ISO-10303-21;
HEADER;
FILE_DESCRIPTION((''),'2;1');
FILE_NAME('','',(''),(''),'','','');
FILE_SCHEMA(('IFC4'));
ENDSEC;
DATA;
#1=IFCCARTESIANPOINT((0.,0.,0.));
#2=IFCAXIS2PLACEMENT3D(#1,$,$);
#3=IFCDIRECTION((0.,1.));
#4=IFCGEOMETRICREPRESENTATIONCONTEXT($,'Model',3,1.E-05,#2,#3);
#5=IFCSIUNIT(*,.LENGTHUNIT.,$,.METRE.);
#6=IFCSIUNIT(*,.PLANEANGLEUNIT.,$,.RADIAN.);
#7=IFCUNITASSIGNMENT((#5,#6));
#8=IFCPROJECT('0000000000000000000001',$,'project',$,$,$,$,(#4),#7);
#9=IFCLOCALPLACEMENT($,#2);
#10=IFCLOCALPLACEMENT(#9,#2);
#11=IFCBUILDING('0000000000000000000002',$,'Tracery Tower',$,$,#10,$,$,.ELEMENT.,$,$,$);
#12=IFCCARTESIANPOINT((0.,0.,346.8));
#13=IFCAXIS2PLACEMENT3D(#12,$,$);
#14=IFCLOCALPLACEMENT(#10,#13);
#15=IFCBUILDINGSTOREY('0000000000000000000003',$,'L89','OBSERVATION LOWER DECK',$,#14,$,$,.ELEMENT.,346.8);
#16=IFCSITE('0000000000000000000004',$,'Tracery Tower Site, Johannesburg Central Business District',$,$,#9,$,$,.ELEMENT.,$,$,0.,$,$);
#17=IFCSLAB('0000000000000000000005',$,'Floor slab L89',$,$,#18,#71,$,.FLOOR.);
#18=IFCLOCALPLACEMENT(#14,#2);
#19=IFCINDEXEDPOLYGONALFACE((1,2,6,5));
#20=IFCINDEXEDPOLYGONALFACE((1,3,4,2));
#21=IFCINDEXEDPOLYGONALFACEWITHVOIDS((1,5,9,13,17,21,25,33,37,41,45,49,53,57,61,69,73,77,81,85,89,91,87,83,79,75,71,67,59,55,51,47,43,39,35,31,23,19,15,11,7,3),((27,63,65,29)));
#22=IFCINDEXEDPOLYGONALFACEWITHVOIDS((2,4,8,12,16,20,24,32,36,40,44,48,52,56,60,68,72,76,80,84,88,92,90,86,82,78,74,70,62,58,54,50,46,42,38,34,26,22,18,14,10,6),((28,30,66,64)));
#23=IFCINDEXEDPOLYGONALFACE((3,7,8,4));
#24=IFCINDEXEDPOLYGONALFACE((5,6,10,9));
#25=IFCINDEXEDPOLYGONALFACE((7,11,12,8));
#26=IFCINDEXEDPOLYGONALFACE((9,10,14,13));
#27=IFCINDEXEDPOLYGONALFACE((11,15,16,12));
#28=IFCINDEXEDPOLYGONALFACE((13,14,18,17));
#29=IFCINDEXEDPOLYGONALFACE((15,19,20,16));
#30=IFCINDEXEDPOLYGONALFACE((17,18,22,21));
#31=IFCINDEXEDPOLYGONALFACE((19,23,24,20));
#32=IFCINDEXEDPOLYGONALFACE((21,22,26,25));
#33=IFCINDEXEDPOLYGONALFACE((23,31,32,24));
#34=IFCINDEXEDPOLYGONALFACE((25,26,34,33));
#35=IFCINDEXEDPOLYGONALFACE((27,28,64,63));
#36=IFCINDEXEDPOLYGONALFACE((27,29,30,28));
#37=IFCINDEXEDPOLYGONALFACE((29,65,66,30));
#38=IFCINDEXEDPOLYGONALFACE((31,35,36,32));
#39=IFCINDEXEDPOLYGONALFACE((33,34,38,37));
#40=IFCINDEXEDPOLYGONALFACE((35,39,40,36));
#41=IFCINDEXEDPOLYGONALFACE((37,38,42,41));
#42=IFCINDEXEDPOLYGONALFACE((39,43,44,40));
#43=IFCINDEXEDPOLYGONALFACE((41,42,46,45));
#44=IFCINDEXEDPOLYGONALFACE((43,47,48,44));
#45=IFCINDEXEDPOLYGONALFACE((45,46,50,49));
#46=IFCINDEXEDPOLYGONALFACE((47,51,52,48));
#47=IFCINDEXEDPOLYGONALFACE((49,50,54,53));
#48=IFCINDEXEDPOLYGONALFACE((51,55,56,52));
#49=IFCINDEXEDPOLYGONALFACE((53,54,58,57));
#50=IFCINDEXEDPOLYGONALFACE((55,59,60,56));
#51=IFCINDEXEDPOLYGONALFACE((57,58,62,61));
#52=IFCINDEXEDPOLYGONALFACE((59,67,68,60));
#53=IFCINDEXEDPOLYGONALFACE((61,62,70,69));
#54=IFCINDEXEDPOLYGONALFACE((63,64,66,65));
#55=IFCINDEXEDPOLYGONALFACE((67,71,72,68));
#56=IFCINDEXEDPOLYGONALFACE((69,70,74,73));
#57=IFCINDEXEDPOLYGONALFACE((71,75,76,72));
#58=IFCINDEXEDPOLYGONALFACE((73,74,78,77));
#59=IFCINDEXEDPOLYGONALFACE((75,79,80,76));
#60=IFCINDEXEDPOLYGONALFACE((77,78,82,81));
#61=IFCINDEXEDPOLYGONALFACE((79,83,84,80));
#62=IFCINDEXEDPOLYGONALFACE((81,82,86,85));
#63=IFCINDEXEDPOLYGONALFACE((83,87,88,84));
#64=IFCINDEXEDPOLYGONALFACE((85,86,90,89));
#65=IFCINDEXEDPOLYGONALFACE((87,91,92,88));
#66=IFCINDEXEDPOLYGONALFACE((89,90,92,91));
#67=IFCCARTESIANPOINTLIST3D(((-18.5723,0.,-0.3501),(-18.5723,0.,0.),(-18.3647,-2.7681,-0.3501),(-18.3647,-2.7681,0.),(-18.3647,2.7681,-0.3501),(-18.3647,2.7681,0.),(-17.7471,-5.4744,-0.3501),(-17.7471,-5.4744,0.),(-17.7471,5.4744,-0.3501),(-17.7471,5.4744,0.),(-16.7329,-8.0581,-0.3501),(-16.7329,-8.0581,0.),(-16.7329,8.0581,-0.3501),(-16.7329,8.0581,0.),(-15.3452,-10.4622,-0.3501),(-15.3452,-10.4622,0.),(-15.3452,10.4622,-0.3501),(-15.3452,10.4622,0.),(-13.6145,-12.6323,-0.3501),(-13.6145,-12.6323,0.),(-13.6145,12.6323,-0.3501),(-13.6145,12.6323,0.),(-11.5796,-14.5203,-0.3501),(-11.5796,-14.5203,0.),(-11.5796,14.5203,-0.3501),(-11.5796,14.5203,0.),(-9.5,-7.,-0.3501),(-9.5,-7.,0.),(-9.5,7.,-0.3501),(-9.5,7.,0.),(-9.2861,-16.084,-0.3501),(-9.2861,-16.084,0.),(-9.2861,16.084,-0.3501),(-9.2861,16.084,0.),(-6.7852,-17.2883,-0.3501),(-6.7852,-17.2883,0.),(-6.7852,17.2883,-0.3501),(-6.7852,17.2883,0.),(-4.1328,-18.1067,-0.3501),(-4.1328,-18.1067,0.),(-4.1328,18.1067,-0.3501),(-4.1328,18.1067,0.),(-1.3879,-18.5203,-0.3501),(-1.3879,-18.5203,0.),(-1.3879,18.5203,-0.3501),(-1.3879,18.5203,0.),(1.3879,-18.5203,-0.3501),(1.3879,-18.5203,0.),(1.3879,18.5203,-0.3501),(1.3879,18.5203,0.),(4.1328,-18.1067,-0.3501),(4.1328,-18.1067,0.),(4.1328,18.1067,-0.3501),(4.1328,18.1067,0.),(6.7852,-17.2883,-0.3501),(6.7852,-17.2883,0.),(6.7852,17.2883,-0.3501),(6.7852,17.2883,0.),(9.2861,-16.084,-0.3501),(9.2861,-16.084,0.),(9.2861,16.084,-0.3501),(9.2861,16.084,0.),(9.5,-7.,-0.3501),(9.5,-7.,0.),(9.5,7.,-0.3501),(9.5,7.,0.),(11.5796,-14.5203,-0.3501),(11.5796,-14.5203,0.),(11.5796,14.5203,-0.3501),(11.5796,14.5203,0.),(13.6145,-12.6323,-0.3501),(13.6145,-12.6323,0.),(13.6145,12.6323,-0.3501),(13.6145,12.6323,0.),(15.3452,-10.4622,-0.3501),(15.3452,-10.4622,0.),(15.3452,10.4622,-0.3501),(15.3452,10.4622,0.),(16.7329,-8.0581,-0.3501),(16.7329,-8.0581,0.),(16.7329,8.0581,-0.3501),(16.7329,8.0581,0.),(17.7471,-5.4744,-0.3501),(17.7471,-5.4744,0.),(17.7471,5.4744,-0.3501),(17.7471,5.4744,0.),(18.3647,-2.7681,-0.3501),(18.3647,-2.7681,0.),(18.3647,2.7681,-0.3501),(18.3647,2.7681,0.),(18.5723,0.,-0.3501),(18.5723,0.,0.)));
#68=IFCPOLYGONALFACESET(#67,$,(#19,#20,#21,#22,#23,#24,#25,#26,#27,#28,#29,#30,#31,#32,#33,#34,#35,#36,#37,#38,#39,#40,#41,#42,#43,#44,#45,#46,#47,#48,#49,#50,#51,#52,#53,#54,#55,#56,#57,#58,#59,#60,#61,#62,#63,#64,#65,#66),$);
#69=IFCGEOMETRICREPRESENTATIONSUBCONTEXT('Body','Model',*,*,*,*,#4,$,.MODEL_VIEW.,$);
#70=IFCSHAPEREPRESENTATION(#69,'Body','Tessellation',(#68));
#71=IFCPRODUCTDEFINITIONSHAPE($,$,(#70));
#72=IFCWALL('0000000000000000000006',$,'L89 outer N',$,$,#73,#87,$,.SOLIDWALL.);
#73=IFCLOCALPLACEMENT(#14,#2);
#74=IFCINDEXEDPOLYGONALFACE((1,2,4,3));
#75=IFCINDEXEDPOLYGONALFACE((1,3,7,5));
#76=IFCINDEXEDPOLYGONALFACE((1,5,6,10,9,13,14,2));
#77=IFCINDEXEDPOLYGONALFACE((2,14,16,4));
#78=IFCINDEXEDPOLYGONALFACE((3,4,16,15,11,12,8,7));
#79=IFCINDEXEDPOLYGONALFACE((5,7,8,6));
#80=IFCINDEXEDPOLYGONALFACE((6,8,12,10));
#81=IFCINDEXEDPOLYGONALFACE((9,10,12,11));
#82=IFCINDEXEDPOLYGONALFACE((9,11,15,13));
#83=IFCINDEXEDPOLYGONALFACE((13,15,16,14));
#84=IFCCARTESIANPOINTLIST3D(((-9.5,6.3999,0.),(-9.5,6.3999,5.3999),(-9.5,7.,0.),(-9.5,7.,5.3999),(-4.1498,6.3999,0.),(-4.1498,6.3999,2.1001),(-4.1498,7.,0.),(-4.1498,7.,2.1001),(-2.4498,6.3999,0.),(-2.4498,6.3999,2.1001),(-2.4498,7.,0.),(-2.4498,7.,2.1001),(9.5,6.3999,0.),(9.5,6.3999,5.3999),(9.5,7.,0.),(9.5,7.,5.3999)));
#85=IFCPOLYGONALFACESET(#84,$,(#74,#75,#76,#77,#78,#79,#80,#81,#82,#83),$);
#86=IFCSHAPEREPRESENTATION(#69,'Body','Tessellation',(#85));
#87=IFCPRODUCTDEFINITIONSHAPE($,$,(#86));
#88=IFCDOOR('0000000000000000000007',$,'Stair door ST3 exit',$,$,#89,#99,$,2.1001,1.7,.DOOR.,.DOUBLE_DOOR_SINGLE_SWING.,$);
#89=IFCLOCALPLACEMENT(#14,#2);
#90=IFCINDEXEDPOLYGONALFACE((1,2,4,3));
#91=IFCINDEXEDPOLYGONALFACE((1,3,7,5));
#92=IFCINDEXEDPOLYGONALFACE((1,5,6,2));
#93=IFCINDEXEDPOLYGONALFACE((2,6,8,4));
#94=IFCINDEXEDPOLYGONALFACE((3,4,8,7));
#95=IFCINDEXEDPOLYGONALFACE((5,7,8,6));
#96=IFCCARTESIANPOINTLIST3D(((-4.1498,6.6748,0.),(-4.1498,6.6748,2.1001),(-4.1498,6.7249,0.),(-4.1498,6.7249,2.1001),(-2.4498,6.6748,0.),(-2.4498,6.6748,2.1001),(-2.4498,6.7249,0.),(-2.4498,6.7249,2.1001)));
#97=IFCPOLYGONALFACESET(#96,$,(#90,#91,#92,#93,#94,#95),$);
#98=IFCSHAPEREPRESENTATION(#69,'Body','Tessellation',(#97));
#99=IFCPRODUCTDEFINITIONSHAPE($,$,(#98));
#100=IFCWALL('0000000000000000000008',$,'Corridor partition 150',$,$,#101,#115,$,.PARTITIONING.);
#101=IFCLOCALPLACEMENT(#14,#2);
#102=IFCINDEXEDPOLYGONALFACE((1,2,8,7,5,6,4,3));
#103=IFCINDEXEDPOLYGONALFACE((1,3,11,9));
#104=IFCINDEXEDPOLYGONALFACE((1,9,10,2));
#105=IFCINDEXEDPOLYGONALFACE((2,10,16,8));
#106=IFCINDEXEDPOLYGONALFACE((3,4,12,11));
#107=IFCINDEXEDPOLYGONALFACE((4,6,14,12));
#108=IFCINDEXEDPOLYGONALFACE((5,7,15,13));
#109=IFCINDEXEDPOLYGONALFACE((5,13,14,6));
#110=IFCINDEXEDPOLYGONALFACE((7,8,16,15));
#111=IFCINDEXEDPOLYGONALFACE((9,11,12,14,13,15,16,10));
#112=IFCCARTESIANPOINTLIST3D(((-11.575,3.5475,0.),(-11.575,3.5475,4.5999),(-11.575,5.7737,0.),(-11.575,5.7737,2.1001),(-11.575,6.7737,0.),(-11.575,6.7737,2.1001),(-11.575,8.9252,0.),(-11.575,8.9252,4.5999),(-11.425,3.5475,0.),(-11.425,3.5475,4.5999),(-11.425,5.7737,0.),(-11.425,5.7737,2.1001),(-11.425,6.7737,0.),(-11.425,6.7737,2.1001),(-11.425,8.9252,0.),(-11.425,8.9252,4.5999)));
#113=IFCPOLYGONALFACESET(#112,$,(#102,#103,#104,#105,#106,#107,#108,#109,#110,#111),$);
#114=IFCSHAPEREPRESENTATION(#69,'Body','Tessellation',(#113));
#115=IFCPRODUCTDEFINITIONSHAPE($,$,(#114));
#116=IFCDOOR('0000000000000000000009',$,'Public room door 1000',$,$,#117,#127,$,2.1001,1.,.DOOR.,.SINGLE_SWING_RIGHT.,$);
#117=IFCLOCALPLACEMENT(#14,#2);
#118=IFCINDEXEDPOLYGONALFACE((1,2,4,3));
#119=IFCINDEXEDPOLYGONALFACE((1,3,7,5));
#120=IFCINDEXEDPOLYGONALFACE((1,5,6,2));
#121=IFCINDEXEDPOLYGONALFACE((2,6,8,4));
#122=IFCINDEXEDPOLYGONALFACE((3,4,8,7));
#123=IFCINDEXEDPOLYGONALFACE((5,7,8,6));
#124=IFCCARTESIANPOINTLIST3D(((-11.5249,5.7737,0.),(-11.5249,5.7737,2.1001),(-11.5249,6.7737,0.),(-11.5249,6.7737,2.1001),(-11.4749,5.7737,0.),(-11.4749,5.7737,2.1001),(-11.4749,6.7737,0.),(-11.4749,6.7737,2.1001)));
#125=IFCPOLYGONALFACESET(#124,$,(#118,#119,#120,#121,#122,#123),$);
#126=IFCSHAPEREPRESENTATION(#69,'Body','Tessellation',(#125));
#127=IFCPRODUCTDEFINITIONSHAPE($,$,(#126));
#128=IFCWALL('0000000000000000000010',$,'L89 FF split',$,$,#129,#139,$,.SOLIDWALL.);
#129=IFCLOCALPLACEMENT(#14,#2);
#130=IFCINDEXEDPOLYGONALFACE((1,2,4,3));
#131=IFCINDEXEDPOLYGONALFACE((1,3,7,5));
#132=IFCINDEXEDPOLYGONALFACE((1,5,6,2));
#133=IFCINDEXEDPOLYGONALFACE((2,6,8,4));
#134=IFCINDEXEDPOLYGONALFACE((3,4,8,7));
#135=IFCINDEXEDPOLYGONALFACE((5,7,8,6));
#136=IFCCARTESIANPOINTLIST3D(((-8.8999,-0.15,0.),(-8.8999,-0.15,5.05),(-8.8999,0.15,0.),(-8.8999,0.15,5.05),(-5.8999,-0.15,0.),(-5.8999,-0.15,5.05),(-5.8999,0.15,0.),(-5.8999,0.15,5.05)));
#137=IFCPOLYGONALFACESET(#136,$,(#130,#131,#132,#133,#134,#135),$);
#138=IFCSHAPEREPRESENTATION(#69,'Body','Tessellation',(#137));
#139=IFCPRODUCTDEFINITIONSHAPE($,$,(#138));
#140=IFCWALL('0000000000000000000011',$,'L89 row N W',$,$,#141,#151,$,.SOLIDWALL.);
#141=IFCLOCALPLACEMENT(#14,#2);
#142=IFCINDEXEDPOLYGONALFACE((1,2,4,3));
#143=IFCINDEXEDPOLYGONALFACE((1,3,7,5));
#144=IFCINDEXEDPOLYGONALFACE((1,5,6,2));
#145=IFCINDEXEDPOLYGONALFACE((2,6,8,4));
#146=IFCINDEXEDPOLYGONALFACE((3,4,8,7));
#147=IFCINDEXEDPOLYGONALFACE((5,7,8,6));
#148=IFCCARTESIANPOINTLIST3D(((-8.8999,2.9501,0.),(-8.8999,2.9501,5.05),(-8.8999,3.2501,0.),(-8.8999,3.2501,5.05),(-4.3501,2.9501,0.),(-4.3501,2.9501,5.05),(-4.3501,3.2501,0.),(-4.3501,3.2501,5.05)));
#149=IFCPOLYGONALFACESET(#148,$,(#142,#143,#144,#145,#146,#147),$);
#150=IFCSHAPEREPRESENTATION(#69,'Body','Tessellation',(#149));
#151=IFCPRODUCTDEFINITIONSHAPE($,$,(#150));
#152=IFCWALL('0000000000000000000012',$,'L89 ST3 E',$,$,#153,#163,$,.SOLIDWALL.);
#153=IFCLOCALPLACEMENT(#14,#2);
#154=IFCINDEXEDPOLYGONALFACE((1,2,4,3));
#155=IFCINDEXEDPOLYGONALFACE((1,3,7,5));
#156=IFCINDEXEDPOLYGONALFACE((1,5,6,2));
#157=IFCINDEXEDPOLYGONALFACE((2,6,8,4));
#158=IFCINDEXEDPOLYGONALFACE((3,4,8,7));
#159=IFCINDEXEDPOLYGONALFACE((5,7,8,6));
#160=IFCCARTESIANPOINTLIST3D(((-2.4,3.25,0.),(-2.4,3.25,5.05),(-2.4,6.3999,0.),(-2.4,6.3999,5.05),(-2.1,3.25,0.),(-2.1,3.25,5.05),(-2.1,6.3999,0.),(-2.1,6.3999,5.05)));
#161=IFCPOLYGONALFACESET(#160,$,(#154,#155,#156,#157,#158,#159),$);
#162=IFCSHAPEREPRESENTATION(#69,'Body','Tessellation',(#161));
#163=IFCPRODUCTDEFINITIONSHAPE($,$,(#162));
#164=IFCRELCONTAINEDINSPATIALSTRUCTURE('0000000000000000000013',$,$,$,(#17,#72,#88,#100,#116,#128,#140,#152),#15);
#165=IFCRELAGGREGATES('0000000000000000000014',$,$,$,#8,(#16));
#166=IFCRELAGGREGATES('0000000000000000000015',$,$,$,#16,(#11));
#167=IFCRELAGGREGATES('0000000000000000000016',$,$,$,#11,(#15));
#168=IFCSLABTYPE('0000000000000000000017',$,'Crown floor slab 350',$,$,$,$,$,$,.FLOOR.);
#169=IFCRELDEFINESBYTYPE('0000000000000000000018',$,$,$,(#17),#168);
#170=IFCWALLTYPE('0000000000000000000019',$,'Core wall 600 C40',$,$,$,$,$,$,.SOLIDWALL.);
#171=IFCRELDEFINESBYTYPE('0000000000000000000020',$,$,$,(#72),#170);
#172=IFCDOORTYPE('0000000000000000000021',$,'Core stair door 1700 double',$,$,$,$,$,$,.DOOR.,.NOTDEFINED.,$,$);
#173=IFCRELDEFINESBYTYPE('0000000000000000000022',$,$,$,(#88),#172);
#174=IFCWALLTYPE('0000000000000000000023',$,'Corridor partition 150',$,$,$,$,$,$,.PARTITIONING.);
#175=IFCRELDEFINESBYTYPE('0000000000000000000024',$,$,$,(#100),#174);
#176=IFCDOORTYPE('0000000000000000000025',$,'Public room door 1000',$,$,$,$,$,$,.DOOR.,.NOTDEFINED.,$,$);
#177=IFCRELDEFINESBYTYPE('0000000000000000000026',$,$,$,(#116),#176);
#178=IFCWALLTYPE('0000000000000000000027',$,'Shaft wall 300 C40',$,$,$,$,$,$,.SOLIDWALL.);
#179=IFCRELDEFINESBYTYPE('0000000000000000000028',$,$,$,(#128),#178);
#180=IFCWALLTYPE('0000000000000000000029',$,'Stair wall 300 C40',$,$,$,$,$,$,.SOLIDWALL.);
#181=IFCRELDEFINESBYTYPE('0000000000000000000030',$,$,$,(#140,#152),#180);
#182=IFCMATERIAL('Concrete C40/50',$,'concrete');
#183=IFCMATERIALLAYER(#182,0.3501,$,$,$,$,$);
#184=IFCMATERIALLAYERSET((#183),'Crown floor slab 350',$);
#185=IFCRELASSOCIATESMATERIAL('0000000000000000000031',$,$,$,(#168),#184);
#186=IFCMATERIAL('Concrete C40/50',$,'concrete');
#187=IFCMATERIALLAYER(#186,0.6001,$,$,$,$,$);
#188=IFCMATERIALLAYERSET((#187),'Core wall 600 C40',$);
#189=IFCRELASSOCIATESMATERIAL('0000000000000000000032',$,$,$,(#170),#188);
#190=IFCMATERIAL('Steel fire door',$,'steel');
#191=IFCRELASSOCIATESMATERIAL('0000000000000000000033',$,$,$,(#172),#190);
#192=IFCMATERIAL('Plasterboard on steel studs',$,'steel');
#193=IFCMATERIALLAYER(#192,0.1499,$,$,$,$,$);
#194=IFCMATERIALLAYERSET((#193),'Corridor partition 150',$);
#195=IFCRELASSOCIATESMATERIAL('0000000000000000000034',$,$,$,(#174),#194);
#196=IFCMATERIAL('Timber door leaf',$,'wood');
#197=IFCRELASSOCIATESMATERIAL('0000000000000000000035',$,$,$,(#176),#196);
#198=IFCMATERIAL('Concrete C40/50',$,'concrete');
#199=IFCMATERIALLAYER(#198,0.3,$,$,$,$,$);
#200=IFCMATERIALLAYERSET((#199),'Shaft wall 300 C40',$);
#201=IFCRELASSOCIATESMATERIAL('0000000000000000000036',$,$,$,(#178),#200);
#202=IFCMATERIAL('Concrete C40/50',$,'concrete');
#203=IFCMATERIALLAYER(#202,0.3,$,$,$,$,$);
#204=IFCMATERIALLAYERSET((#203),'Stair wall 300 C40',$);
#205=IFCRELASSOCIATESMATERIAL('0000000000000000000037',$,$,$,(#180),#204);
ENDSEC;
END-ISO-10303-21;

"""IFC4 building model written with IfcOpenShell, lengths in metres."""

from ifc_helpers import new_model, si_unit, direction, frame, frame_2d, origin, place, context, subcontext, project, spatial, polyline, rectangle, outline, extrude, material, layer, layer_set, type_object, element, fill, save


model = new_model("IFC4")

# Units and contexts
model_context = context("Model", 3, precision=1e-05, world=origin(), true_north=direction((0.0, 1.0)))
body_context = subcontext(model_context, "Body", "Model", "MODEL_VIEW")
ifc_project = project(units=[si_unit("LENGTHUNIT", "METRE"), si_unit("PLANEANGLEUNIT", "RADIAN")], contexts=[model_context])

# Site, building, storey
site_placement = place(None, origin())
site = spatial("IfcSite", under=ifc_project, at=site_placement, Name="Tracery Tower Site, Johannesburg Central Business District", CompositionType="ELEMENT", RefElevation=0.0)
building_placement = place(site_placement, origin())
building = spatial("IfcBuilding", under=site, at=building_placement, Name="Tracery Tower", CompositionType="ELEMENT")
storey_placement = place(building_placement, frame((0.0, 0.0, 346.8)))
storey = spatial("IfcBuildingStorey", under=building, at=storey_placement, Name="L89", Description="OBSERVATION LOWER DECK", CompositionType="ELEMENT", Elevation=346.8)

# Slab
ifc_material_1 = material(Name="Concrete C40/50", Category="concrete")
ifc_layer_1 = layer(ifc_material_1, 0.3501)
ifc_layer_set_1 = layer_set([ifc_layer_1], Name="Crown floor slab 350")
slab_type_1 = type_object("IfcSlabType", Name="Crown floor slab 350", PredefinedType="FLOOR", material=ifc_layer_set_1)
slab_1_placement = place(storey_placement, frame((0.0, 0.0, -0.3501)))
element("IfcSlab", 1, at=slab_1_placement, inside=storey, type_object=slab_type_1, Name="Floor slab L89", PredefinedType="FLOOR", context=body_context, shape_type="SweptSolid", body=[
    extrude(outline(polyline([(17.7471, -5.4744), (18.3647, -2.7681), (18.5723, 0.0), (18.3647, 2.7681), (17.7471, 5.4744), (16.7329, 8.0581), (15.3452, 10.4622), (13.6145, 12.6323), (11.5796, 14.5203), (9.2861, 16.084), (6.7852, 17.2883), (4.1328, 18.1067), (1.3879, 18.5203), (-1.3879, 18.5203), (-4.1328, 18.1067), (-6.7852, 17.2883), (-9.2861, 16.084), (-11.5796, 14.5203), (-13.6145, 12.6323), (-15.3452, 10.4622), (-16.7329, 8.0581), (-17.7471, 5.4744), (-18.3647, 2.7681), (-18.5723, 0.0), (-18.3647, -2.7681), (-17.7471, -5.4744), (-16.7329, -8.0581), (-15.3452, -10.4622), (-13.6145, -12.6323), (-11.5796, -14.5203), (-9.2861, -16.084), (-6.7852, -17.2883), (-4.1328, -18.1067), (-1.3879, -18.5203), (1.3879, -18.5203), (4.1328, -18.1067), (6.7852, -17.2883), (9.2861, -16.084), (11.5796, -14.5203), (13.6145, -12.6323), (15.3452, -10.4622), (16.7329, -8.0581), (17.7471, -5.4744)]), holes=[polyline([(-9.5, -7.0), (9.5, -7.0), (9.5, 7.0), (-9.5, 7.0), (-9.5, -7.0)])]), origin(), (0.0, 0.0, 1.0), 0.3501),
])

# Walls, openings, doors
ifc_material_2 = material(Name="Concrete C40/50", Category="concrete")
ifc_layer_2 = layer(ifc_material_2, 0.6001)
ifc_layer_set_2 = layer_set([ifc_layer_2], Name="Core wall 600 C40")
wall_type_1 = type_object("IfcWallType", Name="Core wall 600 C40", PredefinedType="SOLIDWALL", material=ifc_layer_set_2)
wall_1_placement = place(storey_placement, frame((-9.5, 6.7, 0.0), z_axis=(0.0, 0.0, 1.0), x_axis=(1.0, 0.0, 0.0)))
wall_1 = element("IfcWall", 2, at=wall_1_placement, inside=storey, type_object=wall_type_1, Name="L89 outer N", PredefinedType="SOLIDWALL", context=body_context, shape_type="SweptSolid", body=[
    extrude(rectangle(XDim=19.0, YDim=0.6001, at=frame_2d((9.5, 0.0))), origin(), (0.0, 0.0, 1.0), 5.3999),
])
opening_1_placement = place(wall_1_placement, frame((5.3501, 0.0, 0.0)))
opening_1 = element("IfcOpeningElement", 3, at=opening_1_placement, cuts=wall_1, PredefinedType="OPENING", context=body_context, shape_type="SweptSolid", body=[
    extrude(rectangle(XDim=1.7, YDim=2.1001, at=frame_2d((0.8501, 1.05))), frame((0.0, 0.3, 0.0), z_axis=(0.0, -1.0, 0.0), x_axis=(1.0, 0.0, 0.0)), (0.0, 0.0, 1.0), 0.6001),
])
ifc_material_3 = material(Name="Steel fire door", Category="steel")
door_type_1 = type_object("IfcDoorType", Name="Core stair door 1700 double", OperationType="NOTDEFINED", PredefinedType="DOOR", material=ifc_material_3)
door_1_placement = place(opening_1_placement, origin())
door_1 = element("IfcDoor", 4, at=door_1_placement, inside=storey, type_object=door_type_1, Name="Stair door ST3 exit", OperationType="DOUBLE_DOOR_SINGLE_SWING", OverallHeight=2.1001, OverallWidth=1.7, PredefinedType="DOOR", context=body_context, shape_type="SweptSolid", body=[
    extrude(rectangle(XDim=1.7, YDim=2.1001, at=frame_2d((0.8501, 1.05))), frame((0.0, 0.0249, 0.0), z_axis=(0.0, -1.0, 0.0), x_axis=(1.0, 0.0, 0.0)), (0.0, 0.0, 1.0), 0.05),
])
fill(opening_1, door_1)
ifc_material_4 = material(Name="Plasterboard on steel studs", Category="steel")
ifc_layer_3 = layer(ifc_material_4, 0.1499)
ifc_layer_set_3 = layer_set([ifc_layer_3], Name="Corridor partition 150")
wall_type_2 = type_object("IfcWallType", Name="Corridor partition 150", PredefinedType="PARTITIONING", material=ifc_layer_set_3)
wall_2_placement = place(storey_placement, frame((-11.5, 3.5474, 0.0), z_axis=(0.0, 0.0, 1.0), x_axis=(0.0, 1.0, 0.0)))
wall_2 = element("IfcWall", 5, at=wall_2_placement, inside=storey, type_object=wall_type_2, Name="Corridor partition 150", PredefinedType="PARTITIONING", context=body_context, shape_type="SweptSolid", body=[
    extrude(rectangle(XDim=5.3777, YDim=0.1499, at=frame_2d((2.689, 0.0))), origin(), (0.0, 0.0, 1.0), 4.5999),
])
opening_2_placement = place(wall_2_placement, frame((2.2263, 0.0, 0.0)))
opening_2 = element("IfcOpeningElement", 6, at=opening_2_placement, cuts=wall_2, PredefinedType="OPENING", context=body_context, shape_type="SweptSolid", body=[
    extrude(rectangle(XDim=1.0, YDim=2.1001, at=frame_2d((0.5, 1.05))), frame((0.0, 0.075, 0.0), z_axis=(0.0, -1.0, 0.0), x_axis=(1.0, 0.0, 0.0)), (0.0, 0.0, 1.0), 0.1499),
])
ifc_material_5 = material(Name="Timber door leaf", Category="wood")
door_type_2 = type_object("IfcDoorType", Name="Public room door 1000", OperationType="NOTDEFINED", PredefinedType="DOOR", material=ifc_material_5)
door_2_placement = place(opening_2_placement, origin())
door_2 = element("IfcDoor", 7, at=door_2_placement, inside=storey, type_object=door_type_2, Name="Public room door 1000", OperationType="SINGLE_SWING_RIGHT", OverallHeight=2.1001, OverallWidth=1.0, PredefinedType="DOOR", context=body_context, shape_type="SweptSolid", body=[
    extrude(rectangle(XDim=1.0, YDim=2.1001, at=frame_2d((0.5, 1.05))), frame((0.0, 0.0249, 0.0), z_axis=(0.0, -1.0, 0.0), x_axis=(1.0, 0.0, 0.0)), (0.0, 0.0, 1.0), 0.05),
])
fill(opening_2, door_2)

# Walls
ifc_material_6 = material(Name="Concrete C40/50", Category="concrete")
ifc_layer_4 = layer(ifc_material_6, 0.3)
ifc_layer_set_4 = layer_set([ifc_layer_4], Name="Shaft wall 300 C40")
wall_type_3 = type_object("IfcWallType", Name="Shaft wall 300 C40", PredefinedType="SOLIDWALL", material=ifc_layer_set_4)
wall_3_placement = place(storey_placement, frame((-8.8999, 0.0, 0.0), z_axis=(0.0, 0.0, 1.0), x_axis=(1.0, 0.0, 0.0)))
element("IfcWall", 8, at=wall_3_placement, inside=storey, type_object=wall_type_3, Name="L89 FF split", PredefinedType="SOLIDWALL", context=body_context, shape_type="SweptSolid", body=[
    extrude(rectangle(XDim=3.0, YDim=0.3, at=frame_2d((1.5, 0.0))), origin(), (0.0, 0.0, 1.0), 5.05),
])
ifc_material_7 = material(Name="Concrete C40/50", Category="concrete")
ifc_layer_5 = layer(ifc_material_7, 0.3)
ifc_layer_set_5 = layer_set([ifc_layer_5], Name="Stair wall 300 C40")
wall_type_4 = type_object("IfcWallType", Name="Stair wall 300 C40", PredefinedType="SOLIDWALL", material=ifc_layer_set_5)
wall_4_placement = place(storey_placement, frame((-8.8999, 3.1001, 0.0), z_axis=(0.0, 0.0, 1.0), x_axis=(1.0, 0.0, 0.0)))
element("IfcWall", 9, at=wall_4_placement, inside=storey, type_object=wall_type_4, Name="L89 row N W", PredefinedType="SOLIDWALL", context=body_context, shape_type="SweptSolid", body=[
    extrude(rectangle(XDim=4.5498, YDim=0.3, at=frame_2d((2.2749, 0.0))), origin(), (0.0, 0.0, 1.0), 5.05),
])

# Wall
wall_5_placement = place(storey_placement, frame((-2.25, 3.25, 0.0), z_axis=(0.0, 0.0, 1.0), x_axis=(0.0, 1.0, 0.0)))
element("IfcWall", 10, at=wall_5_placement, inside=storey, type_object=wall_type_4, Name="L89 ST3 E", PredefinedType="SOLIDWALL", context=body_context, shape_type="SweptSolid", body=[
    extrude(rectangle(XDim=3.1499, YDim=0.3, at=frame_2d((1.575, 0.0))), origin(), (0.0, 0.0, 1.0), 5.05),
])

save(model, "model.ifc")
